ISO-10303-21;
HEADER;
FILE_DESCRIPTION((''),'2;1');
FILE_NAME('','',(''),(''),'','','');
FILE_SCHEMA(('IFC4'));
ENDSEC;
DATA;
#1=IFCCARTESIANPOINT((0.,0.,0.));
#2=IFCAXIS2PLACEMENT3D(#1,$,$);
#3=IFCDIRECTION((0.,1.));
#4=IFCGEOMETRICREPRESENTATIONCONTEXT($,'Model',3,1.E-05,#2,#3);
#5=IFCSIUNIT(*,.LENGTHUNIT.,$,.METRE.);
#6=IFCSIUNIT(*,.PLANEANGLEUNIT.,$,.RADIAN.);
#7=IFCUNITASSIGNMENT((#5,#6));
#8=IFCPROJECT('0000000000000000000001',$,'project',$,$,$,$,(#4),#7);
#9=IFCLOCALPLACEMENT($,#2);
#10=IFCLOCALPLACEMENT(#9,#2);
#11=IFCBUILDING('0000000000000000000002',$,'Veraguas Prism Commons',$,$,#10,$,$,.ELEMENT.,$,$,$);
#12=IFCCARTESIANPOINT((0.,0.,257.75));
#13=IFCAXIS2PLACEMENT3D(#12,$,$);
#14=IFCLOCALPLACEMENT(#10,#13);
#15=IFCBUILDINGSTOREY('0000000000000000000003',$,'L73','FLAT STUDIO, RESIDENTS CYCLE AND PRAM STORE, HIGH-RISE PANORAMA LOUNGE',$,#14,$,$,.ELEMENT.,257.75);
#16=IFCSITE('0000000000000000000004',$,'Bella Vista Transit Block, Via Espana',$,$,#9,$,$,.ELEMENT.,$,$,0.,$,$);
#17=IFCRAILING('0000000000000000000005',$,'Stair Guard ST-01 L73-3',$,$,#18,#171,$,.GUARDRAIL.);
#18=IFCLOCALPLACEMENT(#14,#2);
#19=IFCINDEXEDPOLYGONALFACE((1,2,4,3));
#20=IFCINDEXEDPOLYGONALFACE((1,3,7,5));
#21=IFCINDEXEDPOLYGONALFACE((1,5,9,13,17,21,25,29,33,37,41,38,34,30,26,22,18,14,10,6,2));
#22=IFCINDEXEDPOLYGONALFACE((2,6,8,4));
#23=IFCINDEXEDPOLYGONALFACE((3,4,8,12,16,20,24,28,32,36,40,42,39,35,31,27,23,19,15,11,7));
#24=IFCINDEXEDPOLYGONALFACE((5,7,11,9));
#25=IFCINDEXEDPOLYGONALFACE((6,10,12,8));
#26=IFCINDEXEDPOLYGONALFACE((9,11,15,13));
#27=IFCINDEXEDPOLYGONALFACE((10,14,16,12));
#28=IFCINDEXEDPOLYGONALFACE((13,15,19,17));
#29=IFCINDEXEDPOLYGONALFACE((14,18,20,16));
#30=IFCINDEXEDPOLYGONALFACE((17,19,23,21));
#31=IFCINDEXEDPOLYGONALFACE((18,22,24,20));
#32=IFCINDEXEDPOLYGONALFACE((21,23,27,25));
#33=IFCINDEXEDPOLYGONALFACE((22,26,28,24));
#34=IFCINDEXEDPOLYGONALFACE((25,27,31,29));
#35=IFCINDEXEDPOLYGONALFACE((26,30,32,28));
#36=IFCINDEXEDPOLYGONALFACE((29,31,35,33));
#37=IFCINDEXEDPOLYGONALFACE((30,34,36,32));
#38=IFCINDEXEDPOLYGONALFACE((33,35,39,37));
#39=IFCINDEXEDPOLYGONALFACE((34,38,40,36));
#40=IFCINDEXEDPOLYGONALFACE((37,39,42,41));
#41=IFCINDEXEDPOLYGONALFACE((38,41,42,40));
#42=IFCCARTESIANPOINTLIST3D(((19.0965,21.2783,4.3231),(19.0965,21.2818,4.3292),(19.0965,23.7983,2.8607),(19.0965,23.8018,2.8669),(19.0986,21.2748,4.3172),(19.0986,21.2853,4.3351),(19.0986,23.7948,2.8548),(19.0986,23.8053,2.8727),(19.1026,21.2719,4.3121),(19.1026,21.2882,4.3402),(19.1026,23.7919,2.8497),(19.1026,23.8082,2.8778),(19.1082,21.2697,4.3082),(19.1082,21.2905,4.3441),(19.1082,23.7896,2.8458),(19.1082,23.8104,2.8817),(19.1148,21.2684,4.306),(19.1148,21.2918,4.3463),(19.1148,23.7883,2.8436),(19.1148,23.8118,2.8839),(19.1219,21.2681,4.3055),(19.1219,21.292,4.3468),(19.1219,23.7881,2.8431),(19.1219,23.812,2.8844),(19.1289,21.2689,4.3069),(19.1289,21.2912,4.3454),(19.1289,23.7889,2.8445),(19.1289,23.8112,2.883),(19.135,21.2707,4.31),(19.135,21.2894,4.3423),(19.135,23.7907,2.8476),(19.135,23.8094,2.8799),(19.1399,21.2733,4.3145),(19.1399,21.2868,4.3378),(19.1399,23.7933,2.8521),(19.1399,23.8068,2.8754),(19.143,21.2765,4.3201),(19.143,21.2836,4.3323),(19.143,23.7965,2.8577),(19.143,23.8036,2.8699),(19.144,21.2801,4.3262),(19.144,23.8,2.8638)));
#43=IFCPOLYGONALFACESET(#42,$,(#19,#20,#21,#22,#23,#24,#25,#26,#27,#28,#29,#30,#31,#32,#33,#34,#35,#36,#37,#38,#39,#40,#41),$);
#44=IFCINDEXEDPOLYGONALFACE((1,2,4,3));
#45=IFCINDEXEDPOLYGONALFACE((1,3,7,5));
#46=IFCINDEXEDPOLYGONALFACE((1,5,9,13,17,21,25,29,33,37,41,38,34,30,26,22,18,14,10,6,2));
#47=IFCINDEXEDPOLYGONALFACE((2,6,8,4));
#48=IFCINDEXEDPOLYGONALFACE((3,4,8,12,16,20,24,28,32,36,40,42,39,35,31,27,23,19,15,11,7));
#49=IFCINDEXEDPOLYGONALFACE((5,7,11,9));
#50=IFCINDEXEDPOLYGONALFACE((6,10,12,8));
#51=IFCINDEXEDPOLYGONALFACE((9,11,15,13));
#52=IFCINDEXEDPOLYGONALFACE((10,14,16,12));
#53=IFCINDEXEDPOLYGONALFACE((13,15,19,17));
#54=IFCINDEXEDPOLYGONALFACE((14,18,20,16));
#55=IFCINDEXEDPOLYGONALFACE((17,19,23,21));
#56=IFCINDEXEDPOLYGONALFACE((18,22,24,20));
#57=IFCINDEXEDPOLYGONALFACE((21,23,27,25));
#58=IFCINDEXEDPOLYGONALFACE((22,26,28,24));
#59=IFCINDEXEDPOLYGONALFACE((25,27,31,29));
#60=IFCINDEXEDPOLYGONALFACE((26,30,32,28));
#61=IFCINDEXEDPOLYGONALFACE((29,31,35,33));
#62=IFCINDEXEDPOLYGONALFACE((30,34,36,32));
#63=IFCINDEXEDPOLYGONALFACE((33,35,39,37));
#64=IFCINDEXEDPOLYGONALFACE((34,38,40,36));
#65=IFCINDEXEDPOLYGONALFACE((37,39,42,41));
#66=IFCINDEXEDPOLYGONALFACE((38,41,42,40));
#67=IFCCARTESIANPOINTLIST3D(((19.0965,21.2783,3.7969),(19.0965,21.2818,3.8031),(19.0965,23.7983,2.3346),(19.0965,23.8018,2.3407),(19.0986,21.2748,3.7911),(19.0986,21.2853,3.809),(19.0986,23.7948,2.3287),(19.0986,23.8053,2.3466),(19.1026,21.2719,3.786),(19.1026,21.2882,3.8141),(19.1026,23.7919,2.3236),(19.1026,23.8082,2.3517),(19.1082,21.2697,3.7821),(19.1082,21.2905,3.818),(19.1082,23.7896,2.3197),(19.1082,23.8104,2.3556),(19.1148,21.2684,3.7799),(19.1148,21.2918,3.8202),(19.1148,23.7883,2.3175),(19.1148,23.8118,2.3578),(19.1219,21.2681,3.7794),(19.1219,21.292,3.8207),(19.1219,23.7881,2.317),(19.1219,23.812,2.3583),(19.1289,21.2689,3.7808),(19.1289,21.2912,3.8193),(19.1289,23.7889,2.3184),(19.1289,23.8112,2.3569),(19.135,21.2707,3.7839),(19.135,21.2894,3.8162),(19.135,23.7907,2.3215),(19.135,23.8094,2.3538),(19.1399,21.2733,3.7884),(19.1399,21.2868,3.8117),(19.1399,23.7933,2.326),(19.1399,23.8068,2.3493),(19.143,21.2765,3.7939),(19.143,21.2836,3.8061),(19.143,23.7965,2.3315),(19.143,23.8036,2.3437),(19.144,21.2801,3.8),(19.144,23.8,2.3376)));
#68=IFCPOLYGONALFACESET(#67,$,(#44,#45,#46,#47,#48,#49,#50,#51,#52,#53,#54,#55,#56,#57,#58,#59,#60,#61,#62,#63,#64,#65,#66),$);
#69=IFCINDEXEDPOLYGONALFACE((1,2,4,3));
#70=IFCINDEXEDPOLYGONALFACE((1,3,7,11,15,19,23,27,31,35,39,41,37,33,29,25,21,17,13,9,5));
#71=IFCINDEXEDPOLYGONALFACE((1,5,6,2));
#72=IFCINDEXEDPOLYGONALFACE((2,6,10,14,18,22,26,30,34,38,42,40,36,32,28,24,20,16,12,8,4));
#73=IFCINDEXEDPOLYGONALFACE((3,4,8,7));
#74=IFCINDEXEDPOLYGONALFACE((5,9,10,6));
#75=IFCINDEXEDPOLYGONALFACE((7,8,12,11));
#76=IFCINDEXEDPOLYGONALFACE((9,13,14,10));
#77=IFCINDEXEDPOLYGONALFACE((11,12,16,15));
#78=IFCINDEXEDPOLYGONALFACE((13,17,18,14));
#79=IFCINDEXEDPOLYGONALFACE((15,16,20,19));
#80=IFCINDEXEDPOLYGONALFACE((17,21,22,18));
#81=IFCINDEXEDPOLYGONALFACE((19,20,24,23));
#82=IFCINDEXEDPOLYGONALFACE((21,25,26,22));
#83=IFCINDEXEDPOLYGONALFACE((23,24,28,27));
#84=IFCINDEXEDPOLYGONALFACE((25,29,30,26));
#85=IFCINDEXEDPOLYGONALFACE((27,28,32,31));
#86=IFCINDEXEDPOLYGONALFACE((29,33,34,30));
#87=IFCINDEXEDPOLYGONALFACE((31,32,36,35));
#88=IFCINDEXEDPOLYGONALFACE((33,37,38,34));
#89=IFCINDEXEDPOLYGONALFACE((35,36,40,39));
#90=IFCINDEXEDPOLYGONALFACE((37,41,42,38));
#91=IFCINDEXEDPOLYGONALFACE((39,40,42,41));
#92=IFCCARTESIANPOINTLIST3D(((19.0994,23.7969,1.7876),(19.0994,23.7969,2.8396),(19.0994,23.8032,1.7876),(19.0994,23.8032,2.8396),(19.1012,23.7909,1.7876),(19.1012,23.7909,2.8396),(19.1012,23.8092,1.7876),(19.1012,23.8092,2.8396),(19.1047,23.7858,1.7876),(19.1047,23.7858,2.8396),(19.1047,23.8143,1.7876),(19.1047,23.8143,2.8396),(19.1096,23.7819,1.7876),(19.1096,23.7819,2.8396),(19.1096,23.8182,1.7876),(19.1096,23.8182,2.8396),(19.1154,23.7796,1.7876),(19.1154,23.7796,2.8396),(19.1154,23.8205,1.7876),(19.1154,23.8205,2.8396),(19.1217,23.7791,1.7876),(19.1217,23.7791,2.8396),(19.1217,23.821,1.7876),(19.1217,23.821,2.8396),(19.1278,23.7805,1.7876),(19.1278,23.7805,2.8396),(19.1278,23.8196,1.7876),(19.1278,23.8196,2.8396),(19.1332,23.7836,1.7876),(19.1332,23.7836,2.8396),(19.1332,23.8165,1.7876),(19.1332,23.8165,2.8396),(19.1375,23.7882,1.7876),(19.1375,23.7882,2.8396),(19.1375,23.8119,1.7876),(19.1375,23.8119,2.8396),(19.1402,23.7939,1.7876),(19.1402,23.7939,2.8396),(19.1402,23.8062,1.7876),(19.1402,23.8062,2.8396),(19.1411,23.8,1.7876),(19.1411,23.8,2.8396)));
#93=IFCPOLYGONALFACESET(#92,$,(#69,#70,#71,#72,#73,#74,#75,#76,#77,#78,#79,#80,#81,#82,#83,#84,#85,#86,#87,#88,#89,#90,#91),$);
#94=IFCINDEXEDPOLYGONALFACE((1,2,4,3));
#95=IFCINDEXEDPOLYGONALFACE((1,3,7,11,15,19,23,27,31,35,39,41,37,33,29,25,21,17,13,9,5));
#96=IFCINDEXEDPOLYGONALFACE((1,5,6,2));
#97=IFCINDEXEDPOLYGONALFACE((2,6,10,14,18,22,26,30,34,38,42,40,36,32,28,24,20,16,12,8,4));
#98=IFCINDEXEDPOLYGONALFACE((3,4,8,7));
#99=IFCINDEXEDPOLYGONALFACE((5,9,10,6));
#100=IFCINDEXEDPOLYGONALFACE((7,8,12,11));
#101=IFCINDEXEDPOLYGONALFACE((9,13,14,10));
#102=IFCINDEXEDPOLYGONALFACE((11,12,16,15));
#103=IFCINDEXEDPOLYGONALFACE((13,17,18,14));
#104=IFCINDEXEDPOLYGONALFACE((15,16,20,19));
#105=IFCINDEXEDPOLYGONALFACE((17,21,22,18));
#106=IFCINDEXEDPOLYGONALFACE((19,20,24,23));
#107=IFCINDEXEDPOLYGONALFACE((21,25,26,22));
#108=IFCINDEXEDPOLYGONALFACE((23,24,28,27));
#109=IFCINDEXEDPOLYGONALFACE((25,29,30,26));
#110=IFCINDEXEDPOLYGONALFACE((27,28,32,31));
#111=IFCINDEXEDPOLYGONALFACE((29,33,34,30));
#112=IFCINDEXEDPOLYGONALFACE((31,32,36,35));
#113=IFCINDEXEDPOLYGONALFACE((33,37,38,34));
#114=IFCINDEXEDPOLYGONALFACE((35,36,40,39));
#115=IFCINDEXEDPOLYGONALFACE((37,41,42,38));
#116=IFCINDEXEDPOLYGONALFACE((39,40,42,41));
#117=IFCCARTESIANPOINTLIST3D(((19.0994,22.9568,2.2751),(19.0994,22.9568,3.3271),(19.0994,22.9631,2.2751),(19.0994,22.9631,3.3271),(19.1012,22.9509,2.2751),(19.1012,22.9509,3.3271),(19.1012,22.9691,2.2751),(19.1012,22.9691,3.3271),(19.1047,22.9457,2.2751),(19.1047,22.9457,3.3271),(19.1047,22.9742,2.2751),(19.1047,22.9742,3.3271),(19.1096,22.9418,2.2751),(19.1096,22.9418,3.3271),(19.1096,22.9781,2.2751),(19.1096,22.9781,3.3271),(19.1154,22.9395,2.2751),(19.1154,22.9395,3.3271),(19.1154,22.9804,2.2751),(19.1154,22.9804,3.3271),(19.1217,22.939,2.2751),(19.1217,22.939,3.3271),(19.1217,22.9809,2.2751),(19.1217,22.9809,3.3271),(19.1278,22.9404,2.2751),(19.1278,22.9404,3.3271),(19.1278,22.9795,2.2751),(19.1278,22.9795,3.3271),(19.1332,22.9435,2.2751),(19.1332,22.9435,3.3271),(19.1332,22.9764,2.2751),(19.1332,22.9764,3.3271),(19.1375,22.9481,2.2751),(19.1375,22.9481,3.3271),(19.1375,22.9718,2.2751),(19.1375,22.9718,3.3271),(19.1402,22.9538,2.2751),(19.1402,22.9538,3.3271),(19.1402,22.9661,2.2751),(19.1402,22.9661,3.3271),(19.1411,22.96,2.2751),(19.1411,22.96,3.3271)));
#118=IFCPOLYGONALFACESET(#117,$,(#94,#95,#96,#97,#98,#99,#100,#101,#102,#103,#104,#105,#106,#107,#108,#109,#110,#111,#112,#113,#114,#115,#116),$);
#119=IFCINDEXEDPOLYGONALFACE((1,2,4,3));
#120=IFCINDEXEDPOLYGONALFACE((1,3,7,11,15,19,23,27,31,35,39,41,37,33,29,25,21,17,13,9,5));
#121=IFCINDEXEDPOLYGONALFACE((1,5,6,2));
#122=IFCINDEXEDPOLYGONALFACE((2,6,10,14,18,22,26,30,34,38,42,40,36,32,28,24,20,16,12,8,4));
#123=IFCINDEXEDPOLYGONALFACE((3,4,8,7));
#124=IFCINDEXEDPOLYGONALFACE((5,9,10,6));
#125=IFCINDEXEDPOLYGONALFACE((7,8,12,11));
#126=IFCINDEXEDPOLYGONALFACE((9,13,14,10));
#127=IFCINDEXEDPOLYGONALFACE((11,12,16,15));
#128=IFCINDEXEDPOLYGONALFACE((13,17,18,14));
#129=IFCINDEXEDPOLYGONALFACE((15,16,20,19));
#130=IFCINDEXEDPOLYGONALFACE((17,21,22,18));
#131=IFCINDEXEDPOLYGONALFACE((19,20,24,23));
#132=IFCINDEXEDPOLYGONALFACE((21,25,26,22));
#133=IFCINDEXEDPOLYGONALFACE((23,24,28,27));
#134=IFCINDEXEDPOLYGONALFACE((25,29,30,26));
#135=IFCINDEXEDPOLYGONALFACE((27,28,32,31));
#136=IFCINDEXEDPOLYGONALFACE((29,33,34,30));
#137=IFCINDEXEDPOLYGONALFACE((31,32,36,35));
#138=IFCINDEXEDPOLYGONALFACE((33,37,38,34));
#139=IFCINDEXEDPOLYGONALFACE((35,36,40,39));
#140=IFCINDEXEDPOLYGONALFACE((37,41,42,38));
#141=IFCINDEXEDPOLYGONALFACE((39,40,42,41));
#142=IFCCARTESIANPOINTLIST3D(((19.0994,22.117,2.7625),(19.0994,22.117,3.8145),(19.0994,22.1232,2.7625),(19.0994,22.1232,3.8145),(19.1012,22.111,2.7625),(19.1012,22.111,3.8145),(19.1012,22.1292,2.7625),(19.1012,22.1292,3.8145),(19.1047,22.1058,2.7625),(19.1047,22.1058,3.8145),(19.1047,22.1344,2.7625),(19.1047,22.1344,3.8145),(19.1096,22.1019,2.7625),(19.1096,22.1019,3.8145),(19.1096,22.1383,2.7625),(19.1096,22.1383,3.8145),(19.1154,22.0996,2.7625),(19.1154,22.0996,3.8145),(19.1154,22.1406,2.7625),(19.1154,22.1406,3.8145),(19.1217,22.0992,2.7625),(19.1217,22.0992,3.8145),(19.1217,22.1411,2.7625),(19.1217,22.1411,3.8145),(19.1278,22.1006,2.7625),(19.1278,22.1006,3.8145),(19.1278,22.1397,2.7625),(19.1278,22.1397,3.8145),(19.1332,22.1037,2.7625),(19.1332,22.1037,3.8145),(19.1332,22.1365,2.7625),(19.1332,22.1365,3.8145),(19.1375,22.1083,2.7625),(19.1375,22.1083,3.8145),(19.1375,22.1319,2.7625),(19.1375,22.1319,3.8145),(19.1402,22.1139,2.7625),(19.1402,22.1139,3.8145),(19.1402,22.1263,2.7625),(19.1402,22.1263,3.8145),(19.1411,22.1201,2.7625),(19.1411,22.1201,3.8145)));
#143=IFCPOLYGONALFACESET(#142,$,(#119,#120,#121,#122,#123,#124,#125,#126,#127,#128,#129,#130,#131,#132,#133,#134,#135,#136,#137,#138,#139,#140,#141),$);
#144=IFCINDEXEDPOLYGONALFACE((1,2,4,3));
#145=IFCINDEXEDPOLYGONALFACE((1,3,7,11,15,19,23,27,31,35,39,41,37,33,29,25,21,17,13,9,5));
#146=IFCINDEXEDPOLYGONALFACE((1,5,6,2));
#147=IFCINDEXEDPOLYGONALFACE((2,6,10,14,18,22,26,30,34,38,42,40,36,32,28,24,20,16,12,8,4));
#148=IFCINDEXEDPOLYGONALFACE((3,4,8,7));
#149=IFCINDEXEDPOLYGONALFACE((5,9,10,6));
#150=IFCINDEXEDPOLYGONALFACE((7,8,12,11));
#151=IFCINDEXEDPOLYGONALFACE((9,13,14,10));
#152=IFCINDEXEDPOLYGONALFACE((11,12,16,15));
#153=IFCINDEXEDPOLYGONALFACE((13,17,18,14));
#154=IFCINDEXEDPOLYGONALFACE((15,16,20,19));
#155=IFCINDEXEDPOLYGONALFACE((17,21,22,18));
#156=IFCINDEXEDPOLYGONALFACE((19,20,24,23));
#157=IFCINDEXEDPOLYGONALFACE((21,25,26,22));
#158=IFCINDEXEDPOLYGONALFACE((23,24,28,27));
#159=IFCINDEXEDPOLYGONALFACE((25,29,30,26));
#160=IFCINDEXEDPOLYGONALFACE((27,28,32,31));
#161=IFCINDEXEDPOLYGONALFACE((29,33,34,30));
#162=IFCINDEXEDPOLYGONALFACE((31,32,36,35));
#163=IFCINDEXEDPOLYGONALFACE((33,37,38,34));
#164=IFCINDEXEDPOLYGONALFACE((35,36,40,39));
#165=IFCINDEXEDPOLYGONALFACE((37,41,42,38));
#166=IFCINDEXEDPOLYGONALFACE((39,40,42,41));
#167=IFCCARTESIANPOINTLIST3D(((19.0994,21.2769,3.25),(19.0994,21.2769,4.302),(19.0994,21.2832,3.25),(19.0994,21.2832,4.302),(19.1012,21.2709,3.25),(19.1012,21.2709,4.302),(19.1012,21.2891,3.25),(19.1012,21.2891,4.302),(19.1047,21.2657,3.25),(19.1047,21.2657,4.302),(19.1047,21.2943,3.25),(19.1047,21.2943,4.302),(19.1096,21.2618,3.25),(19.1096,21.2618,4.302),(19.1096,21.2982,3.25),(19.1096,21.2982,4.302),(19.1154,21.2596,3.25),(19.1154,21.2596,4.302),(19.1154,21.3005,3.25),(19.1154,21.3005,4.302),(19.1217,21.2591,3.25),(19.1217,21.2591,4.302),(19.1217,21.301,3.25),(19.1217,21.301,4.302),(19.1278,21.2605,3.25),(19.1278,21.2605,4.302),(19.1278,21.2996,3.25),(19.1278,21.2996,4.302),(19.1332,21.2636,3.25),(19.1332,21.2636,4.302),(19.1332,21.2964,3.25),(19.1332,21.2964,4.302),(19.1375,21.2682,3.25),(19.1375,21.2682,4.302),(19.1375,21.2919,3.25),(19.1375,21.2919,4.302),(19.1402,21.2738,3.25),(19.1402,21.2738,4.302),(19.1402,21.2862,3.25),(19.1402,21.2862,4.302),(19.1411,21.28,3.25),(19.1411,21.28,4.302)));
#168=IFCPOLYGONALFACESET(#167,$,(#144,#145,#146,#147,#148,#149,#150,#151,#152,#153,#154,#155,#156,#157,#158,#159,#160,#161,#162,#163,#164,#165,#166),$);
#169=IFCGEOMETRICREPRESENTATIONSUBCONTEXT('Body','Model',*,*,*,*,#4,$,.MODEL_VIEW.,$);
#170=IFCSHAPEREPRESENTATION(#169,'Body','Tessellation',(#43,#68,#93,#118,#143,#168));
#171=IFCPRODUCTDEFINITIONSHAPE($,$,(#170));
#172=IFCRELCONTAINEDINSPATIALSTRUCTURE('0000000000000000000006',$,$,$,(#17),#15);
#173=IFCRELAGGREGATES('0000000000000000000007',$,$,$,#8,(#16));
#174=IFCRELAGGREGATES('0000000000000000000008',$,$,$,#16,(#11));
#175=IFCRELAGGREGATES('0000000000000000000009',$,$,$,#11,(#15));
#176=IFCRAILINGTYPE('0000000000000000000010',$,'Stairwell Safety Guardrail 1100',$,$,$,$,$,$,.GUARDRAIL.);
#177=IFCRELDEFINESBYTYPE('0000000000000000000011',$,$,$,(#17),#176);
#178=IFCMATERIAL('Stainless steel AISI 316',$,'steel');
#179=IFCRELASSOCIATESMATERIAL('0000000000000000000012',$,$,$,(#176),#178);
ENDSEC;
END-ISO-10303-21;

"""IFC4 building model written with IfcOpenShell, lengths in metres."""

from ifc_helpers import new_model, si_unit, direction, frame, origin, origin_2d, place, context, subcontext, project, spatial, circle, extrude, material, type_object, element, save


model = new_model("IFC4")

# Units and contexts
model_context = context("Model", 3, precision=1e-05, world=origin(), true_north=direction((0.0, 1.0)))
body_context = subcontext(model_context, "Body", "Model", "MODEL_VIEW")
ifc_project = project(units=[si_unit("LENGTHUNIT", "METRE"), si_unit("PLANEANGLEUNIT", "RADIAN")], contexts=[model_context])

# Site, building, storey
site_placement = place(None, origin())
site = spatial("IfcSite", under=ifc_project, at=site_placement, Name="Bella Vista Transit Block, Via Espana", CompositionType="ELEMENT", RefElevation=0.0)
building_placement = place(site_placement, origin())
building = spatial("IfcBuilding", under=site, at=building_placement, Name="Veraguas Prism Commons", CompositionType="ELEMENT")
storey_placement = place(building_placement, frame((0.0, 0.0, 257.75)))
storey = spatial("IfcBuildingStorey", under=building, at=storey_placement, Name="L73", Description="FLAT STUDIO, RESIDENTS CYCLE AND PRAM STORE, HIGH-RISE PANORAMA LOUNGE", CompositionType="ELEMENT", Elevation=257.75)

# Railing
ifc_material_1 = material(Name="Stainless steel AISI 316", Category="steel")
railing_type_1 = type_object("IfcRailingType", Name="Stairwell Safety Guardrail 1100", PredefinedType="GUARDRAIL", material=ifc_material_1)
railing_1_placement = place(storey_placement, frame((19.1201, 23.8, 1.7876)))
element("IfcRailing", 1, at=railing_1_placement, inside=storey, type_object=railing_type_1, Name="Stair Guard ST-01 L73-3", PredefinedType="GUARDRAIL", context=body_context, shape_type="SweptSolid", body=[
    extrude(circle(Radius=0.0239, at=origin_2d()), frame((0.0, 0.0, 1.0762), z_axis=(0.0, -0.864913, 0.501921), x_axis=(1.0, 0.0, 0.0)), (0.0, 0.0, 1.0), 2.9136),
    extrude(circle(Radius=0.0239, at=origin_2d()), frame((0.0, 0.0, 0.55), z_axis=(0.0, -0.864913, 0.501921), x_axis=(1.0, 0.0, 0.0)), (0.0, 0.0, 1.0), 2.9136),
    extrude(circle(Radius=0.021, at=origin_2d()), origin(), (0.0, 0.0, 1.0), 1.052),
    extrude(circle(Radius=0.021, at=origin_2d()), frame((0.0, -0.8401, 0.4875)), (0.0, 0.0, 1.0), 1.052),
    extrude(circle(Radius=0.021, at=origin_2d()), frame((0.0, -1.6799, 0.9749)), (0.0, 0.0, 1.0), 1.052),
    extrude(circle(Radius=0.021, at=origin_2d()), frame((0.0, -2.52, 1.4624)), (0.0, 0.0, 1.0), 1.052),
])

save(model, "model.ifc")
